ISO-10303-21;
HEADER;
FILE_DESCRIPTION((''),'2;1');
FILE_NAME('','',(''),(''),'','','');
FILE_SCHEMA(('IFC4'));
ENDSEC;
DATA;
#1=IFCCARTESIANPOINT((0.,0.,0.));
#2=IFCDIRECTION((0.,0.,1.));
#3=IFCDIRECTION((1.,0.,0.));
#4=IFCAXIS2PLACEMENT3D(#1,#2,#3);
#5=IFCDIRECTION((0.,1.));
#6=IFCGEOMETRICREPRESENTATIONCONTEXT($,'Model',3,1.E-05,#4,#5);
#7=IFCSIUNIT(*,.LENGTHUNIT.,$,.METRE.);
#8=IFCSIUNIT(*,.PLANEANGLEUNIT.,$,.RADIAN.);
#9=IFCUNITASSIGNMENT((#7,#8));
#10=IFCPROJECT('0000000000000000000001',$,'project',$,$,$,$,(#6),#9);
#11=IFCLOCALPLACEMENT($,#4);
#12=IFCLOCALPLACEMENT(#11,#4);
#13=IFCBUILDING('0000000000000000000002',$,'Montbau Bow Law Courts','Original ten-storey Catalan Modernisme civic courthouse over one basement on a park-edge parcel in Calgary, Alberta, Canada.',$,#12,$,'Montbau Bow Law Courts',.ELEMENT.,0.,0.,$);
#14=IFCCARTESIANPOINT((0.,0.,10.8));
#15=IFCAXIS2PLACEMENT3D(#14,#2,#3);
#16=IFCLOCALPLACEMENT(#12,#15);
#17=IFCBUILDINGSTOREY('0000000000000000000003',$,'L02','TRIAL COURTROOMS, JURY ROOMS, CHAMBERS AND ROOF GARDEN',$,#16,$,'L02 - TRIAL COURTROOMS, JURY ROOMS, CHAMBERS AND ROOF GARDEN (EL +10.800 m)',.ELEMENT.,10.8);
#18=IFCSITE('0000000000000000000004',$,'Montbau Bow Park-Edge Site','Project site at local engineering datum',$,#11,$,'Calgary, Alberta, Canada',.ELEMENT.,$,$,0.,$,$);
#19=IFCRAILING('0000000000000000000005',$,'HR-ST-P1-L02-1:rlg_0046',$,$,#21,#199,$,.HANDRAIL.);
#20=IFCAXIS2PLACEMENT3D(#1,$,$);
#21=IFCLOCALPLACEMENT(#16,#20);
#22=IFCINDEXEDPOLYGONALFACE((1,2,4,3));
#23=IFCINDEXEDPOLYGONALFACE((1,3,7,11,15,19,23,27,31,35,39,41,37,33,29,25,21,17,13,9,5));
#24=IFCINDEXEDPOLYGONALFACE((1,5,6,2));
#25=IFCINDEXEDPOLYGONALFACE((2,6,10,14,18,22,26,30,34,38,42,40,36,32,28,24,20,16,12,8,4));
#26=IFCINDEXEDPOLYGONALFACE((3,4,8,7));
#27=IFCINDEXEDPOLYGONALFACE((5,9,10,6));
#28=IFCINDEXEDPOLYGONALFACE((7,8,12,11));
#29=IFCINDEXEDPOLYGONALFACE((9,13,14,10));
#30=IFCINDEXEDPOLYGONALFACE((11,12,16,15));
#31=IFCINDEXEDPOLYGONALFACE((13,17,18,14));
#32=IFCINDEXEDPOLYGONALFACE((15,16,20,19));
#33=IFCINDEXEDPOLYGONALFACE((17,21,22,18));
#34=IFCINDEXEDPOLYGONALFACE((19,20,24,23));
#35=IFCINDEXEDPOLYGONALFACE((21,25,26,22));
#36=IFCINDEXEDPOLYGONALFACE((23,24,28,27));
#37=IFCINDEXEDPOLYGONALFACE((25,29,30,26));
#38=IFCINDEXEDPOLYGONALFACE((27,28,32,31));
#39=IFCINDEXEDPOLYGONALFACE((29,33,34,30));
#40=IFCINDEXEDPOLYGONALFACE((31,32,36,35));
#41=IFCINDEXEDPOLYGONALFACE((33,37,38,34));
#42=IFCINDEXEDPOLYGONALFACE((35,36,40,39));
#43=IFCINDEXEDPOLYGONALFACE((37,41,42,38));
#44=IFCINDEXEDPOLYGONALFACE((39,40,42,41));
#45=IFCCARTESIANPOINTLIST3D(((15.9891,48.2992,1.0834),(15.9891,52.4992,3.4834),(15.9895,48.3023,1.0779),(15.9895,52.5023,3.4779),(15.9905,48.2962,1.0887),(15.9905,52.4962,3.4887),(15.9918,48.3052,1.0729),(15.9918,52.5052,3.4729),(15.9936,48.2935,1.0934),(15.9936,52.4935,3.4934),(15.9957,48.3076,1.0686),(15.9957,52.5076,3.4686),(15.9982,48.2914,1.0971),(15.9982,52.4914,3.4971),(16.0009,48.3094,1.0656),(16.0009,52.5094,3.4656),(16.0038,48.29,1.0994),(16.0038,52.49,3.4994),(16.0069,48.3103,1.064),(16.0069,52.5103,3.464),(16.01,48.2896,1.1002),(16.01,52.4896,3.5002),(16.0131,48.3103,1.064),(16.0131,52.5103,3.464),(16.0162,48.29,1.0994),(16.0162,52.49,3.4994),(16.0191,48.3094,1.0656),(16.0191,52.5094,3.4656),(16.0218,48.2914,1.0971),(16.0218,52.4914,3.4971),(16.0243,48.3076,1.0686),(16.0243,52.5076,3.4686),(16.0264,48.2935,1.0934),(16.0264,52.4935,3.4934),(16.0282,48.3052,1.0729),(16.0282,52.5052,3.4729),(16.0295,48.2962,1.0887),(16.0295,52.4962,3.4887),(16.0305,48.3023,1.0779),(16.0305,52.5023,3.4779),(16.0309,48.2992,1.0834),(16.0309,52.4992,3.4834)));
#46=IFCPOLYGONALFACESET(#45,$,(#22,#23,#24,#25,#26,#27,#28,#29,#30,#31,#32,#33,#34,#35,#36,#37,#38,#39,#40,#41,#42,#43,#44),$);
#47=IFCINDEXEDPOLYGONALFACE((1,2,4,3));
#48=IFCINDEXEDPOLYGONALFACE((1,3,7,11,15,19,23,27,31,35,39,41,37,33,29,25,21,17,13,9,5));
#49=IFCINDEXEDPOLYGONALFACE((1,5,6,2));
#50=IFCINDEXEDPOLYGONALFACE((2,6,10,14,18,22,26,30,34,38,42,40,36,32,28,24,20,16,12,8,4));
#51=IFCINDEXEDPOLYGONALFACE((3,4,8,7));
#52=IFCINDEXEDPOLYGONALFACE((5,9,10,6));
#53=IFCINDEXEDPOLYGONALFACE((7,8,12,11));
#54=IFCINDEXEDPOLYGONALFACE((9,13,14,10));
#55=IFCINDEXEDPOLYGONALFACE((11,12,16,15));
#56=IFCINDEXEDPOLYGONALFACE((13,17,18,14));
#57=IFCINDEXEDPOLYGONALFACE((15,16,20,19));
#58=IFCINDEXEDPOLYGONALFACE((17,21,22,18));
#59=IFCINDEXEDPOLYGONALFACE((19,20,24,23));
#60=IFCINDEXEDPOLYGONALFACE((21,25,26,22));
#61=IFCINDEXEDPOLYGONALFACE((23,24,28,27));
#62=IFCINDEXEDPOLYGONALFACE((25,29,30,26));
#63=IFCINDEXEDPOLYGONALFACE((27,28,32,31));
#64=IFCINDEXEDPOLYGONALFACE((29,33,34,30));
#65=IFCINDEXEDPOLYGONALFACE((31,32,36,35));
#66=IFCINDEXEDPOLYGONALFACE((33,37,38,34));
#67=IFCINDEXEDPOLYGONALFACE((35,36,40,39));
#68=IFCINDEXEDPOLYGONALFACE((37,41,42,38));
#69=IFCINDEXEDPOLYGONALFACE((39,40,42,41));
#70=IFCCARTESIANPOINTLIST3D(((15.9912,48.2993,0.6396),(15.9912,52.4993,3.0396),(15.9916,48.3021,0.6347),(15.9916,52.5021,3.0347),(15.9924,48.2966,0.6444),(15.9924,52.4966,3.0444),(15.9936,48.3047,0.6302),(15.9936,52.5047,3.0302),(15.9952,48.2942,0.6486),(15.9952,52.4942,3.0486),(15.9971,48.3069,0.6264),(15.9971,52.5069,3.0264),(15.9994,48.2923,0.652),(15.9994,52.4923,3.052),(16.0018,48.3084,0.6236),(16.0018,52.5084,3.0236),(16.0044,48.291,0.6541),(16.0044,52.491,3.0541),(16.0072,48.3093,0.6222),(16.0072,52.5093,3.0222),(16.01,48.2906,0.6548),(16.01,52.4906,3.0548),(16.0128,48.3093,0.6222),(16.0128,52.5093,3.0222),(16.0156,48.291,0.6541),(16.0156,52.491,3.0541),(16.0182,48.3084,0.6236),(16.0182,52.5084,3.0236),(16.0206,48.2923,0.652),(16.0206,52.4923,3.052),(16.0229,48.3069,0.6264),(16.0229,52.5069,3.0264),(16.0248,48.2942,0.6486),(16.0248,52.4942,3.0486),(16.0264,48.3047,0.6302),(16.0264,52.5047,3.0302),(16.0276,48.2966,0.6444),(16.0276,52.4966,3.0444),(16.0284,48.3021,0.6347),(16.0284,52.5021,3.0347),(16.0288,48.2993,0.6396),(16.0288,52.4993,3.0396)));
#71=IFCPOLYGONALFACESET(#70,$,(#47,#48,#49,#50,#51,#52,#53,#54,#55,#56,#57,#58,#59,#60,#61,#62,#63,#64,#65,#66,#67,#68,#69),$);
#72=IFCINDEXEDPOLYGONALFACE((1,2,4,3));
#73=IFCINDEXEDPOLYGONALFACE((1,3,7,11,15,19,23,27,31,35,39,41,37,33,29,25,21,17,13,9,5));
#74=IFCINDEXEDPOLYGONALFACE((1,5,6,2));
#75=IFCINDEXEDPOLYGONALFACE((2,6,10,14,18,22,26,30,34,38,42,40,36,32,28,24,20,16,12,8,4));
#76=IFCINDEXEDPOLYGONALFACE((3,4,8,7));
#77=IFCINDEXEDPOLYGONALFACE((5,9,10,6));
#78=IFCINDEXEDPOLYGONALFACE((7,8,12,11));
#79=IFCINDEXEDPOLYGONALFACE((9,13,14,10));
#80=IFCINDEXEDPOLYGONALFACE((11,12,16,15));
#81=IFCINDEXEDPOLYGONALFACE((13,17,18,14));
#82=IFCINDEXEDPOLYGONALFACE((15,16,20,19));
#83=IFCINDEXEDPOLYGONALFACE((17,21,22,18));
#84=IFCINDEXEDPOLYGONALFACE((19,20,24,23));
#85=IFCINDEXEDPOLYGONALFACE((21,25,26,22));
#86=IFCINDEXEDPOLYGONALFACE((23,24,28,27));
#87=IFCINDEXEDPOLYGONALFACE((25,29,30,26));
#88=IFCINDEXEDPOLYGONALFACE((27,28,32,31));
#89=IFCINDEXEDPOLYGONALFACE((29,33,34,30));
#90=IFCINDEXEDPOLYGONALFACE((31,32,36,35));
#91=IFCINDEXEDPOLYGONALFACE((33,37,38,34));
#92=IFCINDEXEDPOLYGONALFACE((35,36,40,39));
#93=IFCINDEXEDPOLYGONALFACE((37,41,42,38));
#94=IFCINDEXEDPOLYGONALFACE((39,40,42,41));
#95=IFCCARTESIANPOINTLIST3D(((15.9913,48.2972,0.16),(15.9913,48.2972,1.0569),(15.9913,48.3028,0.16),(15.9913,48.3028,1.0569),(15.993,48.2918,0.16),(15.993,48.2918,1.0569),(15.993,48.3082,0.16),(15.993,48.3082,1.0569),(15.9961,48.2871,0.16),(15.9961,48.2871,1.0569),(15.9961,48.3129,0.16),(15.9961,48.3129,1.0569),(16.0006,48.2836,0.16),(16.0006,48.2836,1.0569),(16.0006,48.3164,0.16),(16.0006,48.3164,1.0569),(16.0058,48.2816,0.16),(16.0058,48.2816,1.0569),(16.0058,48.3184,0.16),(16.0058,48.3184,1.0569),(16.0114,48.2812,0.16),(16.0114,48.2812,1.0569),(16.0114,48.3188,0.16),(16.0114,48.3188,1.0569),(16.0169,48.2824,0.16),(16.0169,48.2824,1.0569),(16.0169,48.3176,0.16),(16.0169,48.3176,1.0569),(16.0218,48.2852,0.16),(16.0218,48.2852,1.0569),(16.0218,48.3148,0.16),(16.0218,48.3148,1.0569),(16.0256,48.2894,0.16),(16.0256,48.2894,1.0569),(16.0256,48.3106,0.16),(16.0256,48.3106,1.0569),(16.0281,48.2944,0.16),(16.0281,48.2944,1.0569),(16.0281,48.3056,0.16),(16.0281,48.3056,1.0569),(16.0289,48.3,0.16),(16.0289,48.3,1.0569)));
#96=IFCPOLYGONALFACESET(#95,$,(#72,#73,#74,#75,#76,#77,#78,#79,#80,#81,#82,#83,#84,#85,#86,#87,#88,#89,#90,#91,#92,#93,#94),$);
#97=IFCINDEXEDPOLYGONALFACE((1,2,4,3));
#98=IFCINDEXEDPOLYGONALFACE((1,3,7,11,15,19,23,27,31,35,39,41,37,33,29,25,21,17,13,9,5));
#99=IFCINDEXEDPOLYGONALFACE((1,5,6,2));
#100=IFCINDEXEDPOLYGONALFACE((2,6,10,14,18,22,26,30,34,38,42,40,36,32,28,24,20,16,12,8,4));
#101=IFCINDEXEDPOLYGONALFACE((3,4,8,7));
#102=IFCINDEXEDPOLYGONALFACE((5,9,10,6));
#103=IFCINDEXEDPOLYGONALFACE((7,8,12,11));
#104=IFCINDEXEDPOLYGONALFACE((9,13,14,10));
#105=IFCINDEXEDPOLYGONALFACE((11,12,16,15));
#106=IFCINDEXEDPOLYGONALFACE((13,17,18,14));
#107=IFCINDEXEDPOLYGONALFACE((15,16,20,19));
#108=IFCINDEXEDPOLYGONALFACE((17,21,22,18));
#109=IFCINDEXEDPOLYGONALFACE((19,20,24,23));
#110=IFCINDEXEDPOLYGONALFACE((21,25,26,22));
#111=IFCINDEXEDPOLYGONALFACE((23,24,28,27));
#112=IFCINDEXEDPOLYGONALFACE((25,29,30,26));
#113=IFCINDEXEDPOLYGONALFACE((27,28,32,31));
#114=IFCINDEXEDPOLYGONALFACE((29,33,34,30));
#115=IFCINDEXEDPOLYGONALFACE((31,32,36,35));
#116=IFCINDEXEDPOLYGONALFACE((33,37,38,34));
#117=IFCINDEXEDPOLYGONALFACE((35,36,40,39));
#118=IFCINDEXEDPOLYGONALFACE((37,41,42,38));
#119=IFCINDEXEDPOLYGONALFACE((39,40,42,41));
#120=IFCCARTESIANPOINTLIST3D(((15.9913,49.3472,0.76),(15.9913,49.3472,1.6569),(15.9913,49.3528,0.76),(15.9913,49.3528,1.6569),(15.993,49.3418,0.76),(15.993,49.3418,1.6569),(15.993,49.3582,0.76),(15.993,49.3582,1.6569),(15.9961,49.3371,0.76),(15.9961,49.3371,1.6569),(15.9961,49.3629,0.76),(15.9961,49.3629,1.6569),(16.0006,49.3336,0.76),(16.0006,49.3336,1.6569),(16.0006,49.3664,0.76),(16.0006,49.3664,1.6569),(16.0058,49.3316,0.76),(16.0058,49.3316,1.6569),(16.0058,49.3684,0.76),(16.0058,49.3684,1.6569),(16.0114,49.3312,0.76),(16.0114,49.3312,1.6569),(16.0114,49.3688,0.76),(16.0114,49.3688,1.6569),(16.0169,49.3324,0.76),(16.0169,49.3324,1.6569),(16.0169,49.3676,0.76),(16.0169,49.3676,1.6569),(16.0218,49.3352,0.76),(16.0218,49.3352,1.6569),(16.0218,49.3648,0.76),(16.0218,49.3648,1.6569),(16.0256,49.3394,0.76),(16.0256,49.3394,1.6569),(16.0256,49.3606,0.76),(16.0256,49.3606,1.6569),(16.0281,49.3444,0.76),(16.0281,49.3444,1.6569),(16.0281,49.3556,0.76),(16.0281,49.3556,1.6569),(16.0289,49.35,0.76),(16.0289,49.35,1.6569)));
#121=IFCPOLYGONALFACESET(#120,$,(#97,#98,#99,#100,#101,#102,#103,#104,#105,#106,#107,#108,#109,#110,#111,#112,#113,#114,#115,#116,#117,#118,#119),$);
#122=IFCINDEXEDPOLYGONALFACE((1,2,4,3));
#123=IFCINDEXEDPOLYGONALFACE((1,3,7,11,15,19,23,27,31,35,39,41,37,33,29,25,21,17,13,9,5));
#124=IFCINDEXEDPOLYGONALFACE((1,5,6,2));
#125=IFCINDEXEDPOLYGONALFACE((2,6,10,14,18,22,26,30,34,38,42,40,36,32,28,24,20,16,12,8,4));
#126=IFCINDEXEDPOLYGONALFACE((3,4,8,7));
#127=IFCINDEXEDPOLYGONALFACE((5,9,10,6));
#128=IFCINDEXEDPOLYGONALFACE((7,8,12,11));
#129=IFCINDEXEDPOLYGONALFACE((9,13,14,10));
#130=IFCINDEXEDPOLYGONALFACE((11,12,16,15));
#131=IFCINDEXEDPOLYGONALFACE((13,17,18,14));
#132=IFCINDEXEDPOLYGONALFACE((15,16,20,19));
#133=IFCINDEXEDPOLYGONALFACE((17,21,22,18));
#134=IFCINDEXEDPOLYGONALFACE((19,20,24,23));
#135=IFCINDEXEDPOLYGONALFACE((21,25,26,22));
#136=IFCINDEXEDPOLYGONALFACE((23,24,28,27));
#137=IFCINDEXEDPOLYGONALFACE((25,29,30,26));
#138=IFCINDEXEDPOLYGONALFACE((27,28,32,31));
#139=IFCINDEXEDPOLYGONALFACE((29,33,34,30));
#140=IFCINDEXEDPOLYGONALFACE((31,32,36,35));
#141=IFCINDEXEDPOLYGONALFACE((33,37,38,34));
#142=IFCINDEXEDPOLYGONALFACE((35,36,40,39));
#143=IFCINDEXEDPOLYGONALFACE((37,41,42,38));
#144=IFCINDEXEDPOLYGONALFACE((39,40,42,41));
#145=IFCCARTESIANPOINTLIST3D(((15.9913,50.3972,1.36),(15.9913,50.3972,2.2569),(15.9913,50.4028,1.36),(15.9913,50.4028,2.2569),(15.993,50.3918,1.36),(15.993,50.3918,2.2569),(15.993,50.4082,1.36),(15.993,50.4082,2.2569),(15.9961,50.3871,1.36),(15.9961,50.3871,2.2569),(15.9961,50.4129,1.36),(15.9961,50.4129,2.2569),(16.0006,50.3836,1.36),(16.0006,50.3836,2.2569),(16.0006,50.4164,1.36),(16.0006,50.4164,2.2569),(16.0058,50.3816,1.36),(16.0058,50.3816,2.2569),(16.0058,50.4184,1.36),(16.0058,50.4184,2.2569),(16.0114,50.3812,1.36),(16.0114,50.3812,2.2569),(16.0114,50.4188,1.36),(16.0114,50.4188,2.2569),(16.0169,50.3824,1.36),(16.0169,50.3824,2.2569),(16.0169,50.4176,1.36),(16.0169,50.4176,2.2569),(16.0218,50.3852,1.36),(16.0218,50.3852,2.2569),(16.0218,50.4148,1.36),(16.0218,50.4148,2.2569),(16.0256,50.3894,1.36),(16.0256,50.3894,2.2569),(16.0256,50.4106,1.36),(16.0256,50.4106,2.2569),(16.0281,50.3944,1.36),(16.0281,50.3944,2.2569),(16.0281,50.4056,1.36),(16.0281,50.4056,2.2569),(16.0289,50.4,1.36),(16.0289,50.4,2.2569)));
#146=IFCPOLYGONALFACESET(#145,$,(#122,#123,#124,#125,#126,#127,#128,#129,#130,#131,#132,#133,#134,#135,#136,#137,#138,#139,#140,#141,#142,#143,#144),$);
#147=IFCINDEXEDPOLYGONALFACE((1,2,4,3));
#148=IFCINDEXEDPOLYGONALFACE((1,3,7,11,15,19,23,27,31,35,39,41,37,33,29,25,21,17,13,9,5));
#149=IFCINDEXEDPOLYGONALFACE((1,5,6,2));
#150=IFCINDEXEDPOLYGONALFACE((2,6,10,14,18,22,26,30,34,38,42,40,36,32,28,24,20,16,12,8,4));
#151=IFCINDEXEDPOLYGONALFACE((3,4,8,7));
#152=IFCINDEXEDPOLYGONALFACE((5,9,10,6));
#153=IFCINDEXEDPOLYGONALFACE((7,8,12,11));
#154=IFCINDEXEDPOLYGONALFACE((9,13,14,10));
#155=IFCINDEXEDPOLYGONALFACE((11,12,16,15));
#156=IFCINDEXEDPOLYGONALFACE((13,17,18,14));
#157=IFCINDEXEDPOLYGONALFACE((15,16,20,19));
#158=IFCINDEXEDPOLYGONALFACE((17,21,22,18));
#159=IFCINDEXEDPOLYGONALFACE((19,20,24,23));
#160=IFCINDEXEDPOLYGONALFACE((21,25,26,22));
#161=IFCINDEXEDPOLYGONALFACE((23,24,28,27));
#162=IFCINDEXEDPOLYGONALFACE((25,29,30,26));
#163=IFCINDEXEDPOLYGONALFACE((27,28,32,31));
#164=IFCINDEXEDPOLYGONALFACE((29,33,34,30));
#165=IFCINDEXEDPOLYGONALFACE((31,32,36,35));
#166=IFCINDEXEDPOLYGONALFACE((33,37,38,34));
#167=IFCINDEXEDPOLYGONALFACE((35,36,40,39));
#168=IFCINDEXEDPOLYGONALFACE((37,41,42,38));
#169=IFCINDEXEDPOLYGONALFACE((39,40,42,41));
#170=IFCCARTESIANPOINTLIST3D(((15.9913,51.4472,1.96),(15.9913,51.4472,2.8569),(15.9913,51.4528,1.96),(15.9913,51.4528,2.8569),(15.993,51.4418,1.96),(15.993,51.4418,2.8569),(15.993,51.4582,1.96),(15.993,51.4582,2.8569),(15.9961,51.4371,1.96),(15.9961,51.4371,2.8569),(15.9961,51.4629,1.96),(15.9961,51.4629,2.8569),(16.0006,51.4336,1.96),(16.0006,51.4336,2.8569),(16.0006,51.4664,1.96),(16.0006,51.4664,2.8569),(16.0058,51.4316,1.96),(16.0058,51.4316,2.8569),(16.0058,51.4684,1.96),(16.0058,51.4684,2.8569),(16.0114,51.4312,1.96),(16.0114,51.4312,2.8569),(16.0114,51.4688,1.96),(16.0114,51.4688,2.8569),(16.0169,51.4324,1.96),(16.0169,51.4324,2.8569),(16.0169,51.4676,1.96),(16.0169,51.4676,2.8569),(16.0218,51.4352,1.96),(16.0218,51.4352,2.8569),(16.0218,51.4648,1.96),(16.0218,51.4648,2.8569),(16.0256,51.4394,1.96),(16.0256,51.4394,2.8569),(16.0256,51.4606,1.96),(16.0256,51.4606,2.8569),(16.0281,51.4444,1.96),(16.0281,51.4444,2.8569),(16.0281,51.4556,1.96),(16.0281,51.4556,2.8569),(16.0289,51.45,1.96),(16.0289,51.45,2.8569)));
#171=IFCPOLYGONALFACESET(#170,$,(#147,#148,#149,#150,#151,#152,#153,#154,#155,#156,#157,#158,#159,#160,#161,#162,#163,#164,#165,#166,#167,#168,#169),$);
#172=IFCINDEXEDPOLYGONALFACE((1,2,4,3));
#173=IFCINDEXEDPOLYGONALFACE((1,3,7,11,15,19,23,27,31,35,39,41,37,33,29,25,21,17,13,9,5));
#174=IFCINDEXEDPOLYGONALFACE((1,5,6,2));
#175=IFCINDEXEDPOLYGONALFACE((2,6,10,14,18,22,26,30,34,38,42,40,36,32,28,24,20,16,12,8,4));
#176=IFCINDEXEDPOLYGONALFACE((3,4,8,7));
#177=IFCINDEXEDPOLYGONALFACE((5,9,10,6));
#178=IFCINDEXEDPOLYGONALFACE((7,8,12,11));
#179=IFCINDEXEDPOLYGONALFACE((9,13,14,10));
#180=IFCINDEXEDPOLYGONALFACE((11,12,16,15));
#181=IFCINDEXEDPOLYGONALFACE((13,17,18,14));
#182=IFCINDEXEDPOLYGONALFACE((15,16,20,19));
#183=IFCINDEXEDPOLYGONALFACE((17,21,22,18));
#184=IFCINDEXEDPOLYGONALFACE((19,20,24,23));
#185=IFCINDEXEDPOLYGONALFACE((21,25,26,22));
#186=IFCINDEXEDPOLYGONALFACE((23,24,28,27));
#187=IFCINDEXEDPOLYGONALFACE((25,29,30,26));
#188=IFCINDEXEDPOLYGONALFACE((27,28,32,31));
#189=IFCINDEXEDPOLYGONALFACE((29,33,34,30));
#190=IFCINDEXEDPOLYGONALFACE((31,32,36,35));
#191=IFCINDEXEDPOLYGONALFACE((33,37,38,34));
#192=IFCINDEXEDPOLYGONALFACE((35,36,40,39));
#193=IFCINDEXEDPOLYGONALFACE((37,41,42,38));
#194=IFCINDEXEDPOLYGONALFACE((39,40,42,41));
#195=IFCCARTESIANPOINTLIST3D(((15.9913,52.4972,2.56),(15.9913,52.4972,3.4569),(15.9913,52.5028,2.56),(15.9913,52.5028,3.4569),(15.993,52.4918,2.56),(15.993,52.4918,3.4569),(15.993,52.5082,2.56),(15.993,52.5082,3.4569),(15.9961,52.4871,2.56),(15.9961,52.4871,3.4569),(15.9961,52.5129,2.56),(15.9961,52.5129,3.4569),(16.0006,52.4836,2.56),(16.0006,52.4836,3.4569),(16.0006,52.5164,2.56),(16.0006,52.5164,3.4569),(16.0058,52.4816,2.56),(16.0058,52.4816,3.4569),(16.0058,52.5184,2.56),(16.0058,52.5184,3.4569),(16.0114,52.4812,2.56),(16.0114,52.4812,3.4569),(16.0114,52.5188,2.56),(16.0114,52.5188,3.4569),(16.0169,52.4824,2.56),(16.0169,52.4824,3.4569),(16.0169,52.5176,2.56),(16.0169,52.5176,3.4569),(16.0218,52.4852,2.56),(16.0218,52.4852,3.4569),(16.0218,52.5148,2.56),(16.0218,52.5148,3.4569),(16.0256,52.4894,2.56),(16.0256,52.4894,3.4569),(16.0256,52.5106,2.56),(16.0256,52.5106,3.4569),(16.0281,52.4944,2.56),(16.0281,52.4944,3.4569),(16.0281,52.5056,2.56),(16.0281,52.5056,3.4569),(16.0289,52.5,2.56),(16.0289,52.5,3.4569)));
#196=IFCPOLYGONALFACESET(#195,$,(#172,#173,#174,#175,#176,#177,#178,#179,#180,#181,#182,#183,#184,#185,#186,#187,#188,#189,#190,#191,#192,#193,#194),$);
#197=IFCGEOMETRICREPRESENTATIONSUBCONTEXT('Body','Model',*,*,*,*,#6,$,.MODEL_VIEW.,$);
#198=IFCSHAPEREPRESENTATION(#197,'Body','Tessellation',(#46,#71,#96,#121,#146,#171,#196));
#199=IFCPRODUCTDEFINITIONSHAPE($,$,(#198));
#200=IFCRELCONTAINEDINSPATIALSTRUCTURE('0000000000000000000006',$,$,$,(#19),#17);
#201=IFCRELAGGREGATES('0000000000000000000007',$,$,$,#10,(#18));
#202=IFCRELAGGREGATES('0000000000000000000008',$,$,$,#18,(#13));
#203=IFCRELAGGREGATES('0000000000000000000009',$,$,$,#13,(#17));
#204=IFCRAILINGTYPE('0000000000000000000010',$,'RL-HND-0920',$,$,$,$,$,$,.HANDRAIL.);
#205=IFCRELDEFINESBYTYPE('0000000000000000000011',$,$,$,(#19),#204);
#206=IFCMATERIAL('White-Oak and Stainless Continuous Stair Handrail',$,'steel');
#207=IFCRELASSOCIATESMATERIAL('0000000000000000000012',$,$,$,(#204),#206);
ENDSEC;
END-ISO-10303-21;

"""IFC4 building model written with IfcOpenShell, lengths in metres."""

from ifc_helpers import new_model, si_unit, direction, frame, origin_with_axes, origin_2d_with_axis, place, context, subcontext, project, spatial, circle, extrude, material, type_object, element, save


model = new_model("IFC4")

# Units and contexts
model_context = context("Model", 3, precision=1e-05, world=origin_with_axes(), true_north=direction((0.0, 1.0)))
body_context = subcontext(model_context, "Body", "Model", "MODEL_VIEW")
ifc_project = project(units=[si_unit("LENGTHUNIT", "METRE"), si_unit("PLANEANGLEUNIT", "RADIAN")], contexts=[model_context])

# Site, building, storey
site_placement = place(None, origin_with_axes())
site = spatial("IfcSite", under=ifc_project, at=site_placement, Name="Montbau Bow Park-Edge Site", Description="Project site at local engineering datum", LongName="Calgary, Alberta, Canada", CompositionType="ELEMENT", RefElevation=0.0)
building_placement = place(site_placement, origin_with_axes())
building = spatial("IfcBuilding", under=site, at=building_placement, Name="Montbau Bow Law Courts", Description="Original ten-storey Catalan Modernisme civic courthouse over one basement on a park-edge parcel in Calgary, Alberta, Canada.", LongName="Montbau Bow Law Courts", CompositionType="ELEMENT", ElevationOfRefHeight=0.0, ElevationOfTerrain=0.0)
storey_placement = place(building_placement, frame((0.0, 0.0, 10.8), z_axis=(0.0, 0.0, 1.0), x_axis=(1.0, 0.0, 0.0)))
storey = spatial("IfcBuildingStorey", under=building, at=storey_placement, Name="L02", Description="TRIAL COURTROOMS, JURY ROOMS, CHAMBERS AND ROOF GARDEN", LongName="L02 - TRIAL COURTROOMS, JURY ROOMS, CHAMBERS AND ROOF GARDEN (EL +10.800 m)", CompositionType="ELEMENT", Elevation=10.8)

# Railing
ifc_material_1 = material(Name="White-Oak and Stainless Continuous Stair Handrail", Category="steel")
railing_type_1 = type_object("IfcRailingType", Name="RL-HND-0920", PredefinedType="HANDRAIL", material=ifc_material_1)
railing_1_placement = place(None, origin_with_axes())
element("IfcRailing", 1, at=railing_1_placement, inside=storey, type_object=railing_type_1, Name="HR-ST-P1-L02-1:rlg_0046", PredefinedType="HANDRAIL", context=body_context, shape_type="SweptSolid", body=[
    extrude(circle(Radius=0.021, at=origin_2d_with_axis()), frame((16.01, 48.3, 11.882), z_axis=(0.0, 0.868243, 0.496139), x_axis=(0.0, -0.496139, 0.868243)), (0.0, 0.0, 1.0), 4.8374),
    extrude(circle(Radius=0.0189, at=origin_2d_with_axis()), frame((16.01, 48.3, 11.4384), z_axis=(0.0, 0.868243, 0.496139), x_axis=(0.0, -0.496139, 0.868243)), (0.0, 0.0, 1.0), 4.8374),
    extrude(circle(Radius=0.0189, at=origin_2d_with_axis()), frame((16.01, 48.3, 10.96), z_axis=(0.0, 0.0, 1.0), x_axis=(1.0, 0.0, 0.0)), (0.0, 0.0, 1.0), 0.8969),
    extrude(circle(Radius=0.0189, at=origin_2d_with_axis()), frame((16.01, 49.35, 11.56), z_axis=(0.0, 0.0, 1.0), x_axis=(1.0, 0.0, 0.0)), (0.0, 0.0, 1.0), 0.8969),
    extrude(circle(Radius=0.0189, at=origin_2d_with_axis()), frame((16.01, 50.4, 12.16), z_axis=(0.0, 0.0, 1.0), x_axis=(1.0, 0.0, 0.0)), (0.0, 0.0, 1.0), 0.8969),
    extrude(circle(Radius=0.0189, at=origin_2d_with_axis()), frame((16.01, 51.45, 12.76), z_axis=(0.0, 0.0, 1.0), x_axis=(1.0, 0.0, 0.0)), (0.0, 0.0, 1.0), 0.8969),
    extrude(circle(Radius=0.0189, at=origin_2d_with_axis()), frame((16.01, 52.5, 13.36), z_axis=(0.0, 0.0, 1.0), x_axis=(1.0, 0.0, 0.0)), (0.0, 0.0, 1.0), 0.8969),
])

save(model, "model.ifc")
